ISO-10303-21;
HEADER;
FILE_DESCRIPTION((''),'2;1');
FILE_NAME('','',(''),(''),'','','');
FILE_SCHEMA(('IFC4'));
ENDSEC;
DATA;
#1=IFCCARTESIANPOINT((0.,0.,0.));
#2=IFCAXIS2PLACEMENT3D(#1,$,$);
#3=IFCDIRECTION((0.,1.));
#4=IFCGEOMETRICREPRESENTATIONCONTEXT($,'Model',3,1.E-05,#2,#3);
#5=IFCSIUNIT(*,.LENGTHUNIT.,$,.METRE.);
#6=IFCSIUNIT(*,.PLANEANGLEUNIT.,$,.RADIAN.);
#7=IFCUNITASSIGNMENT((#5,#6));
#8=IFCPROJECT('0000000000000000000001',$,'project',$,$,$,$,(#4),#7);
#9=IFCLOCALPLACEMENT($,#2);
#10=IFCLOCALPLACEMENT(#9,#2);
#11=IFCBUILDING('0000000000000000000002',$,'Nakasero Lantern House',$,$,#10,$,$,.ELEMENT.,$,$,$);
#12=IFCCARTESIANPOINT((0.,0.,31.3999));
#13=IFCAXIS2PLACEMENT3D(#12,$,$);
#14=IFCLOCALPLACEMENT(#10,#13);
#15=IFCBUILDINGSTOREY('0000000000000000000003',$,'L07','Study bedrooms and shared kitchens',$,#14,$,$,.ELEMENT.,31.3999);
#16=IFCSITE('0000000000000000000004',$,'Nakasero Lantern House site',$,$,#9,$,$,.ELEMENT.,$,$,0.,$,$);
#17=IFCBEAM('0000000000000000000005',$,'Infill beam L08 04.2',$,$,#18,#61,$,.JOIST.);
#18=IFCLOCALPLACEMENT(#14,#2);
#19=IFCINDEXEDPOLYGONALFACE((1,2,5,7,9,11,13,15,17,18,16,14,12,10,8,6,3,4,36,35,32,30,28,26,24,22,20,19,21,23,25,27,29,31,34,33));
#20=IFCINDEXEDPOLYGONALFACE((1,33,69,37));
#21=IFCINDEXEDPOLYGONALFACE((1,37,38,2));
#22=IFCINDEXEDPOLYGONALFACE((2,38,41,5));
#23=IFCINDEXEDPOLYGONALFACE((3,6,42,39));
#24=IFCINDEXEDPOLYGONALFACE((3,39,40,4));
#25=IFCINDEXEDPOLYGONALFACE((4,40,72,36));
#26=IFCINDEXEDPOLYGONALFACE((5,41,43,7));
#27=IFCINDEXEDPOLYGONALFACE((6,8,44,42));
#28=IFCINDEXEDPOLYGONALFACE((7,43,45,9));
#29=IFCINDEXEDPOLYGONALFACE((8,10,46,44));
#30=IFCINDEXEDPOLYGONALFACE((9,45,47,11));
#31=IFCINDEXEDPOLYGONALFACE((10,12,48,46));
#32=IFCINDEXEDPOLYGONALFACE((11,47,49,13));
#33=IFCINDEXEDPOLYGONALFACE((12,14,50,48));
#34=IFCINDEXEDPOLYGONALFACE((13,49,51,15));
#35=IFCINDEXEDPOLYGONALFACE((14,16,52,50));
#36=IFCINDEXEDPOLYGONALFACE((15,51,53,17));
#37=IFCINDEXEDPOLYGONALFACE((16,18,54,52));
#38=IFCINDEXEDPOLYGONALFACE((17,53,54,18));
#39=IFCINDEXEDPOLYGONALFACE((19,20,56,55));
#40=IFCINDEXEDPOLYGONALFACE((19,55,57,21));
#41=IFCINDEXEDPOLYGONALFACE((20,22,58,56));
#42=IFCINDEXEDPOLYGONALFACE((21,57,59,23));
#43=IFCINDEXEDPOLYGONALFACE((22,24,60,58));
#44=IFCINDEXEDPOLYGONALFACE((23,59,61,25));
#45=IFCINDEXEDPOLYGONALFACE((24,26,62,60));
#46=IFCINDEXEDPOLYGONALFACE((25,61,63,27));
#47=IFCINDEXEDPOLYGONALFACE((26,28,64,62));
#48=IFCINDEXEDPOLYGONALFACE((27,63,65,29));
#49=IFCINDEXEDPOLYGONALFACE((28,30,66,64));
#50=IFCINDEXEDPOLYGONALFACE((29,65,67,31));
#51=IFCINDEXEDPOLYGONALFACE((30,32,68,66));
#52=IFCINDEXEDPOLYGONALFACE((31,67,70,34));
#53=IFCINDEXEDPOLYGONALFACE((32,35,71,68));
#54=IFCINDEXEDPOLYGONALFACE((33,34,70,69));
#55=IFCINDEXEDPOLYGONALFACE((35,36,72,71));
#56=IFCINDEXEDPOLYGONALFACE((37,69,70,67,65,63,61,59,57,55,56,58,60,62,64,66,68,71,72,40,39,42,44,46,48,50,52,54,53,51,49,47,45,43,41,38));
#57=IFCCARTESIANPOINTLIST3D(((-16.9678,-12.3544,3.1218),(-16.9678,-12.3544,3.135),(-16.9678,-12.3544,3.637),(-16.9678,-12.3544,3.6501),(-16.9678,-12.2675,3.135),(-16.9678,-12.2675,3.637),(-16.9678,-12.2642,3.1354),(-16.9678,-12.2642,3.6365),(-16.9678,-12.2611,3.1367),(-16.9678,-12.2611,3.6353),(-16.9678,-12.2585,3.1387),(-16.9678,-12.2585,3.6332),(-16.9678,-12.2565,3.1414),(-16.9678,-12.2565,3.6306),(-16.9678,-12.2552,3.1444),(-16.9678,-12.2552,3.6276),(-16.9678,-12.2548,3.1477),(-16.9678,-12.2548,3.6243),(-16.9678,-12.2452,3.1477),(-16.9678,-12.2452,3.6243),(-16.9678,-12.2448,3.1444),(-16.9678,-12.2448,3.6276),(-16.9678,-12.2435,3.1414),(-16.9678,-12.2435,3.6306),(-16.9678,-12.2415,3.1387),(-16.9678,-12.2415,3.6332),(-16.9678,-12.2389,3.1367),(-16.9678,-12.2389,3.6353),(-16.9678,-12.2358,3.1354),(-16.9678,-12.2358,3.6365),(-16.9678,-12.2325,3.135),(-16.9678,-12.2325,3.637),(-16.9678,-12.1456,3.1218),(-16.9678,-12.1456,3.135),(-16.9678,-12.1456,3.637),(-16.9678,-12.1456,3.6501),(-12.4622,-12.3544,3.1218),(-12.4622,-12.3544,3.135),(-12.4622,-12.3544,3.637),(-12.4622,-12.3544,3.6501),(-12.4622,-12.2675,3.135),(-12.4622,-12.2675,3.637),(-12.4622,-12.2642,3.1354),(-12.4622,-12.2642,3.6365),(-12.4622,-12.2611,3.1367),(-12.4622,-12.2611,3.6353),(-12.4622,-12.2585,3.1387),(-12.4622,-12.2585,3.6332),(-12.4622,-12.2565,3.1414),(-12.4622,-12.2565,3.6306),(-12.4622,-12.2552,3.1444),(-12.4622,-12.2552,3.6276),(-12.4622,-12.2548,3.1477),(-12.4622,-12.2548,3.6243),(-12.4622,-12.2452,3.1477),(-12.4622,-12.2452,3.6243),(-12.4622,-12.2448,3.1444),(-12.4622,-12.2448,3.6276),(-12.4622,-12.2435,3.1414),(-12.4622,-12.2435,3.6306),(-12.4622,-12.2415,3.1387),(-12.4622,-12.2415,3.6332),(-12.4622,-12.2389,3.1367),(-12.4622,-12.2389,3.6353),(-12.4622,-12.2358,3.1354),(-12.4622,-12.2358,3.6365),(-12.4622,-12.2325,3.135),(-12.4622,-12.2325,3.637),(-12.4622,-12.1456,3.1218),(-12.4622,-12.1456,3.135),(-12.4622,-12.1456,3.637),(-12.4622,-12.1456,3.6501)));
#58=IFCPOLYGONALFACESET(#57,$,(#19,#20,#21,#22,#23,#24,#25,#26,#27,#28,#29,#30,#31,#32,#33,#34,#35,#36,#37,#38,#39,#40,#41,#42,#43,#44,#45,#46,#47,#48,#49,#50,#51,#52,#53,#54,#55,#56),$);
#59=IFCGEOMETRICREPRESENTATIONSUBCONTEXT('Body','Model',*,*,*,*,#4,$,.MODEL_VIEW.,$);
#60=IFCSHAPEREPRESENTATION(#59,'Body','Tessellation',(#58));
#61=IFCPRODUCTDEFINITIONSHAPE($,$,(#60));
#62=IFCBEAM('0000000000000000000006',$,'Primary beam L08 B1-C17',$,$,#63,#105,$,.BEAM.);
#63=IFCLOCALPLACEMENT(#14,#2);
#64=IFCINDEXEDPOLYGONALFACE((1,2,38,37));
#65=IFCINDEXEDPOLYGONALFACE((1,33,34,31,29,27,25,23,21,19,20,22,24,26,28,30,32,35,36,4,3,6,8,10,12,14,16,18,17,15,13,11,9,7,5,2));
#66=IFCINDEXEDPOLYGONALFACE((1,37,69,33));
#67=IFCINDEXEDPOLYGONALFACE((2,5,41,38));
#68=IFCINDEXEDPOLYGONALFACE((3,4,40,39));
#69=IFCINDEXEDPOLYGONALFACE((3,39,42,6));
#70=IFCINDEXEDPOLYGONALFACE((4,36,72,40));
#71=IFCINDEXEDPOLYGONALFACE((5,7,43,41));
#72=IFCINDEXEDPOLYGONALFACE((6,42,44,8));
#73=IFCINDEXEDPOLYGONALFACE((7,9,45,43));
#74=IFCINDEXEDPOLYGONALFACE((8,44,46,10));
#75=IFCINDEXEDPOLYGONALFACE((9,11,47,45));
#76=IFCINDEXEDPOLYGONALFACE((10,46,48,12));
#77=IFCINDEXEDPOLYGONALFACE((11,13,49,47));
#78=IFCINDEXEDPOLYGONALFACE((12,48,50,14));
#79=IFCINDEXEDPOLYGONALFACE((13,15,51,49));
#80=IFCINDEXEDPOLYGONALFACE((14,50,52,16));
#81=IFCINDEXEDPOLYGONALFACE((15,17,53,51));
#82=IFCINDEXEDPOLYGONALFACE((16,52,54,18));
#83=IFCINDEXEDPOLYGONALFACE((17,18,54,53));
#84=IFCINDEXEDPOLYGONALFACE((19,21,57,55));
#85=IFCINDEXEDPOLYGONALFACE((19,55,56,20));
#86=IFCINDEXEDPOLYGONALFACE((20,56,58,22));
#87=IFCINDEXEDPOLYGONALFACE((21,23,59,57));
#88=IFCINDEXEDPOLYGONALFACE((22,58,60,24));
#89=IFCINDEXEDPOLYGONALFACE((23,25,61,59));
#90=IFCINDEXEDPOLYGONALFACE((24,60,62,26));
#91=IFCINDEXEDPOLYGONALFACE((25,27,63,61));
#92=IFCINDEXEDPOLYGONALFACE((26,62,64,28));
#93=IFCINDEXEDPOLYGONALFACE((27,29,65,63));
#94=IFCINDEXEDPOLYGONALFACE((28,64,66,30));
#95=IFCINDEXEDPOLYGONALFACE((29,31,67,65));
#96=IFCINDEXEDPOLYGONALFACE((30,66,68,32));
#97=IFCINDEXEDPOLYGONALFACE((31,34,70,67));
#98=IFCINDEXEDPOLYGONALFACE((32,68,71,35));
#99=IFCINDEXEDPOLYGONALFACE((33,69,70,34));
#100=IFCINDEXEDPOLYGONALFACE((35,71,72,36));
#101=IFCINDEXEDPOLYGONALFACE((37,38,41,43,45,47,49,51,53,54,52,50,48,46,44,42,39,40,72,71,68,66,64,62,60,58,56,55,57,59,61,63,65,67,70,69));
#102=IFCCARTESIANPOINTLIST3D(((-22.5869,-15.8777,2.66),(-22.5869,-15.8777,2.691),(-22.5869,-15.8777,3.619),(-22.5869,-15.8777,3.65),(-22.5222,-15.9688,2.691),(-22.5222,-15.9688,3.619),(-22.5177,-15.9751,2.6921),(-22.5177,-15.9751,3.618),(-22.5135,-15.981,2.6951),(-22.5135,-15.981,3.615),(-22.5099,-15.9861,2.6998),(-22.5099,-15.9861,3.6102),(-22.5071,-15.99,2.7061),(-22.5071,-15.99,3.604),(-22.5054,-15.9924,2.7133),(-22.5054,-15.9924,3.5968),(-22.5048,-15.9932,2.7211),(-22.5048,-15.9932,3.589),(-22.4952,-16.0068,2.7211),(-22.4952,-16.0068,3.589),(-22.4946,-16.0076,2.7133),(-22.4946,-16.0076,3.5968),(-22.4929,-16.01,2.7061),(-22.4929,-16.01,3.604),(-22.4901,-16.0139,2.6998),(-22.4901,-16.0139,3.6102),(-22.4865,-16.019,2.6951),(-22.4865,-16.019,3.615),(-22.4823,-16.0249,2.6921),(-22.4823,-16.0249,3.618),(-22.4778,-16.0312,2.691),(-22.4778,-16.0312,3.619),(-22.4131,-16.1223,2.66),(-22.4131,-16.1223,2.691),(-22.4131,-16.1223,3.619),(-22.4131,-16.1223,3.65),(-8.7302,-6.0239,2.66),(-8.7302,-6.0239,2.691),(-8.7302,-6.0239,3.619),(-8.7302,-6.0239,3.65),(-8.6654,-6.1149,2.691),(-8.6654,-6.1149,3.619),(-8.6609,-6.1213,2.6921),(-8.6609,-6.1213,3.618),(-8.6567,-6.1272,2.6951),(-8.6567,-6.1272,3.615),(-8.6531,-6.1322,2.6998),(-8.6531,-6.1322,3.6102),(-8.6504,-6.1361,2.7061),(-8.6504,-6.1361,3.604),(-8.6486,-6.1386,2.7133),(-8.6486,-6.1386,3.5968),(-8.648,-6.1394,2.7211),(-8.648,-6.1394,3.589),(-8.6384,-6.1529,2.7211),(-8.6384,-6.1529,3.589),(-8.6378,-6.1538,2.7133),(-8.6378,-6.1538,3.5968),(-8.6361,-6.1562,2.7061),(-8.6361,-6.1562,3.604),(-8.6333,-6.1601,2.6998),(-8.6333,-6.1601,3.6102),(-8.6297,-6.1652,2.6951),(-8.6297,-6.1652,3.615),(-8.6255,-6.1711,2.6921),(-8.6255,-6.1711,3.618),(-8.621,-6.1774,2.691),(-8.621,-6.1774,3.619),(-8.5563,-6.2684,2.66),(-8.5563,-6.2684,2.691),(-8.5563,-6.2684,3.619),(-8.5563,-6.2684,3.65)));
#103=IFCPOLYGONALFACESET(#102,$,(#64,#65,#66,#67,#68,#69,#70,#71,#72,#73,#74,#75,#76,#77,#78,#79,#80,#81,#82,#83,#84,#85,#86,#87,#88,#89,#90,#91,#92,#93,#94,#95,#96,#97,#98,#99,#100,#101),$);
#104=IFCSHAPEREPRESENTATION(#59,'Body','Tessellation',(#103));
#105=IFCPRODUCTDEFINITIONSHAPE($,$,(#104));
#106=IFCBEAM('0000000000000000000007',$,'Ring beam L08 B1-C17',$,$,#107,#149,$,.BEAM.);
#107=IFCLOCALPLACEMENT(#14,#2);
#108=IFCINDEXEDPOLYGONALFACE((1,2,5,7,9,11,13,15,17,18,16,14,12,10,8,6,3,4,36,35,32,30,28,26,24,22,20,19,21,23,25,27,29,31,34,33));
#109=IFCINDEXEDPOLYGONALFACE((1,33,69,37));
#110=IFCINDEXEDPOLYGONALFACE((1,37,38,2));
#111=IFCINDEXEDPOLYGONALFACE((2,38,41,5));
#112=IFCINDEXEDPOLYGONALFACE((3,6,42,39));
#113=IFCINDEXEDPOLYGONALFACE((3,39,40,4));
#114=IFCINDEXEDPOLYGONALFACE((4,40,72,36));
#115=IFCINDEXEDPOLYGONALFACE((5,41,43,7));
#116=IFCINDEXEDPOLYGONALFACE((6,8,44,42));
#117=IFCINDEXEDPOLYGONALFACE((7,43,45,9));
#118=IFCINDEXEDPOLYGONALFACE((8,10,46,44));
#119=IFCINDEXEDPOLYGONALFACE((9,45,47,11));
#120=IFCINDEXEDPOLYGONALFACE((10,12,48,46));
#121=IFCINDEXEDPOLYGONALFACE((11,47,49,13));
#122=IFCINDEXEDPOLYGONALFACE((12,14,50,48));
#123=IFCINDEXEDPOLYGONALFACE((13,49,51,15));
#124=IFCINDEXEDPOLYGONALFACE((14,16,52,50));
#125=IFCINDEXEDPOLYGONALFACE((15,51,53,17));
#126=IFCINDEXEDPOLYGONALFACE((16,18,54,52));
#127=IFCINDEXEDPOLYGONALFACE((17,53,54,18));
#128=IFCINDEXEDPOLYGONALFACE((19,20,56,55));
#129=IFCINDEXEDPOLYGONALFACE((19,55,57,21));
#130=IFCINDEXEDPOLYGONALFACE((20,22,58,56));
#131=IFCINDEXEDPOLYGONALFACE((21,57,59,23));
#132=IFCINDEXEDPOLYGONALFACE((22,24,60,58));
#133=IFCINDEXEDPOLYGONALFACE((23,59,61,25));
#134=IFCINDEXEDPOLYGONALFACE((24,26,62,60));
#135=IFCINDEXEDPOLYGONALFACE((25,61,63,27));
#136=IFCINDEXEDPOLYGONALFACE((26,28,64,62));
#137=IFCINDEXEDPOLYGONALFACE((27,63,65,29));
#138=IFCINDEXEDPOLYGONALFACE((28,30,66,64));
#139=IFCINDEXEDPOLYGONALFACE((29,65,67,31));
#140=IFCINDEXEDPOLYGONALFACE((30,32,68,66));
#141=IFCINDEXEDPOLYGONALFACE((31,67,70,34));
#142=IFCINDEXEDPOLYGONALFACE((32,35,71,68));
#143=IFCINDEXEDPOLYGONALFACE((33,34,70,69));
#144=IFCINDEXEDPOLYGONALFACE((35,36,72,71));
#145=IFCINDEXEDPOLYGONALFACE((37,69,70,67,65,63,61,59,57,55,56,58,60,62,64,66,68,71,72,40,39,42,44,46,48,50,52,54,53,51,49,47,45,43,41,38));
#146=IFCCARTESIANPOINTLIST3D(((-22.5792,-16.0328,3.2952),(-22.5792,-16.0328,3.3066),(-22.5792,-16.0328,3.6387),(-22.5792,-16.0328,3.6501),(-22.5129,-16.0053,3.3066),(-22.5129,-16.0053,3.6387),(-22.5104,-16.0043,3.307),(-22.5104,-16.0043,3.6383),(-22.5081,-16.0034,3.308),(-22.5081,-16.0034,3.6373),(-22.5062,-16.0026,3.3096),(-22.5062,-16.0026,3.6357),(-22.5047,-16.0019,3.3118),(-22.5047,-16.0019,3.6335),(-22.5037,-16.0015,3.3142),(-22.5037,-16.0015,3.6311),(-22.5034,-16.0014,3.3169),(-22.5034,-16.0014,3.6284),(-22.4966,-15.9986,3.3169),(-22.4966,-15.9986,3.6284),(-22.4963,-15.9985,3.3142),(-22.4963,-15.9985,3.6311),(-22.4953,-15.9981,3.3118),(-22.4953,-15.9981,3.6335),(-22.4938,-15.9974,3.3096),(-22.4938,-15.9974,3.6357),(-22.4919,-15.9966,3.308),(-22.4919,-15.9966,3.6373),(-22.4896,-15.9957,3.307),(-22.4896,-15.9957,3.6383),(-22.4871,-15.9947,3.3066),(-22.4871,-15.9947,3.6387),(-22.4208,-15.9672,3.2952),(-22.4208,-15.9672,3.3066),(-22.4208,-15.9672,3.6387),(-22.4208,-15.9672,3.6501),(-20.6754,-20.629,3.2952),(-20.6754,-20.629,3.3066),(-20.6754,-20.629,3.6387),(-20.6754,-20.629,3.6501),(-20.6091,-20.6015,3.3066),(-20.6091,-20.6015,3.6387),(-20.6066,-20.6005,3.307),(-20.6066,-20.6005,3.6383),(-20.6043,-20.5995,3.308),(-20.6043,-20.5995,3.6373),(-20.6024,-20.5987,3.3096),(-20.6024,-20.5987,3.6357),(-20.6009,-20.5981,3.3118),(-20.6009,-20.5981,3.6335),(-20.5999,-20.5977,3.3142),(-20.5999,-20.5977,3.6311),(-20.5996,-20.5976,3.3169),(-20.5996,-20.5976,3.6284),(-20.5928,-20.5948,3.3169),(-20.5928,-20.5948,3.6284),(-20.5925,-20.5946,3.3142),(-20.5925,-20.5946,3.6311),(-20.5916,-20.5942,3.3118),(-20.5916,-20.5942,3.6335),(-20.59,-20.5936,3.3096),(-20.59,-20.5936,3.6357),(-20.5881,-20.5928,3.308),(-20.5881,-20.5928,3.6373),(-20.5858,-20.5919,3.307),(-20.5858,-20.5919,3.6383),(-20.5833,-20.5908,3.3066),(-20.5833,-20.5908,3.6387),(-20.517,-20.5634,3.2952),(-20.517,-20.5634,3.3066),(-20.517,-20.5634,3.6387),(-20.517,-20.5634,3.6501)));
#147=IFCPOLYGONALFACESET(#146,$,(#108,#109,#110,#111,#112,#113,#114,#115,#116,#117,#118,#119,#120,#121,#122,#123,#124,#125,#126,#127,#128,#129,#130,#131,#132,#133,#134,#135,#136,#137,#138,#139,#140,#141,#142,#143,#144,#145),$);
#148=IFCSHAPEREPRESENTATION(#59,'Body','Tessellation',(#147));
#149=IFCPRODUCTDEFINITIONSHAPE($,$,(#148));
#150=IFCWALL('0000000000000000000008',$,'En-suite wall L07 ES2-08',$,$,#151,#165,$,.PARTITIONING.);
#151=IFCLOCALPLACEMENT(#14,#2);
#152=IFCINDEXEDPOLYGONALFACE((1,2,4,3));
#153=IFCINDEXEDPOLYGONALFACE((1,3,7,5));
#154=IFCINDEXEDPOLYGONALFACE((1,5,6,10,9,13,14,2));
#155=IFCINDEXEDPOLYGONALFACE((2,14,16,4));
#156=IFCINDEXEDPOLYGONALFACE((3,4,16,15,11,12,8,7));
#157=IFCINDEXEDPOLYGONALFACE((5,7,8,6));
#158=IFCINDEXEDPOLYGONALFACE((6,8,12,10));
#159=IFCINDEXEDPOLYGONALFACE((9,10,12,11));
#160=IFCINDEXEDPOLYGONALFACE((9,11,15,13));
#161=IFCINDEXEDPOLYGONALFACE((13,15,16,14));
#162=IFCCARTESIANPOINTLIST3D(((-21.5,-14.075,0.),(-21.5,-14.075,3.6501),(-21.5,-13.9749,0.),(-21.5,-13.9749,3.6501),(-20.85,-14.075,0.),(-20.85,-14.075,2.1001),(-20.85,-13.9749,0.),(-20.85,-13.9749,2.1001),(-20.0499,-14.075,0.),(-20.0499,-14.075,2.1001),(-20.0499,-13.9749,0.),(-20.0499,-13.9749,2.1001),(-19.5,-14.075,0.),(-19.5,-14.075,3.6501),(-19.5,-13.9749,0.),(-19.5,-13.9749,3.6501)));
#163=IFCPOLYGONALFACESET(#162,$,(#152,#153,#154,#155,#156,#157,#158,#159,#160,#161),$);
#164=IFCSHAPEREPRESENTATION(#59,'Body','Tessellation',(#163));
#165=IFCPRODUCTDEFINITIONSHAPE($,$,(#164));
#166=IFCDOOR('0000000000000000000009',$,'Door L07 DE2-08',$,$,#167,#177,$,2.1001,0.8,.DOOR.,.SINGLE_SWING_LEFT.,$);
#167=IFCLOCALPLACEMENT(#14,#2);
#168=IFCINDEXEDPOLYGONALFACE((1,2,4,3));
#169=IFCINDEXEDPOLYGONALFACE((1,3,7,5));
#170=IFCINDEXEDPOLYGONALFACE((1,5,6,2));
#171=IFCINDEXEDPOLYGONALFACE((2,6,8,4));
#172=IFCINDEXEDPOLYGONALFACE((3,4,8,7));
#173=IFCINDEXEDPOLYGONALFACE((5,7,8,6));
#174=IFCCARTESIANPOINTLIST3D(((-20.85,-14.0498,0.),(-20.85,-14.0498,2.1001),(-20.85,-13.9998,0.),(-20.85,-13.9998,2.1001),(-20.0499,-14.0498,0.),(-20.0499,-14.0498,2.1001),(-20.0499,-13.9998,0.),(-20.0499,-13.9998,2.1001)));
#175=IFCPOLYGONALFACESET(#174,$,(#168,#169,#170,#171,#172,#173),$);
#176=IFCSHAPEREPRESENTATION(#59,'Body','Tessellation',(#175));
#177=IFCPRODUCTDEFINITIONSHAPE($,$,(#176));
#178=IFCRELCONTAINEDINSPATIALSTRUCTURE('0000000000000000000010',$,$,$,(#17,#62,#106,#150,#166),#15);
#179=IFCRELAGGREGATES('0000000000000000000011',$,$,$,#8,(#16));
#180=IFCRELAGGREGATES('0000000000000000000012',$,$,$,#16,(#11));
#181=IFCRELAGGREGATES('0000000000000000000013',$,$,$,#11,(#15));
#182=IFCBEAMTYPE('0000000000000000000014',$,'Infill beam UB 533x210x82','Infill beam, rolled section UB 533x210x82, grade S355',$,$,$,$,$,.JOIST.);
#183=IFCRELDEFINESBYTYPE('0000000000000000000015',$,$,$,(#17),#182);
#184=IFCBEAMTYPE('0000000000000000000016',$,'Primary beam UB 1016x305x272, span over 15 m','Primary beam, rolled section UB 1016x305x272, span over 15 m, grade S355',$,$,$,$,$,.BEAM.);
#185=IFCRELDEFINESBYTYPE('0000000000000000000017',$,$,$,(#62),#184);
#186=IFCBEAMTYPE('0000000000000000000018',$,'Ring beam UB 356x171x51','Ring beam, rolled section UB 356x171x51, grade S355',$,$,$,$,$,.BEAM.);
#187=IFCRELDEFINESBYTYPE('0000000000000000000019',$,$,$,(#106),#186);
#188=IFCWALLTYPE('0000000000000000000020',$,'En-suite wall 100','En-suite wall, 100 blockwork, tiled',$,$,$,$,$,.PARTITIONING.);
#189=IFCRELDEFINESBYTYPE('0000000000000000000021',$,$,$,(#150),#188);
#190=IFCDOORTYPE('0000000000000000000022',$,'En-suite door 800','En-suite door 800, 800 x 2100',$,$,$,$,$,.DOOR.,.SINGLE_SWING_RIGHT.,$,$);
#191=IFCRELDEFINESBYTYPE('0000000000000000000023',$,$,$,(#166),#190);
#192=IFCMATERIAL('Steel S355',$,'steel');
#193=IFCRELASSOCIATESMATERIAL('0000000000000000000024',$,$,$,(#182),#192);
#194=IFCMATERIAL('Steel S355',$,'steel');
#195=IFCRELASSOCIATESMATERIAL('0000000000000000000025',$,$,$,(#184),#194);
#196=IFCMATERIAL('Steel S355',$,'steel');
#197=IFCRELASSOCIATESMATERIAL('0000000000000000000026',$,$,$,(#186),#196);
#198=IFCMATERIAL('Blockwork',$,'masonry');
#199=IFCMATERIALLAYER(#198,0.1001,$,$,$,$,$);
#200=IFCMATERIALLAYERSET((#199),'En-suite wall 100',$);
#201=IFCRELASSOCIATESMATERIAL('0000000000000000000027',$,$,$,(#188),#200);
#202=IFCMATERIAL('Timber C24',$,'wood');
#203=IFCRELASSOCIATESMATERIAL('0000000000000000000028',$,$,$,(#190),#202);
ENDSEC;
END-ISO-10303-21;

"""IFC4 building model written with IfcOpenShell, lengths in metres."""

from ifc_helpers import new_model, si_unit, direction, frame, frame_2d, origin, origin_2d, place, context, subcontext, project, spatial, rectangle, i_section, extrude, material, layer, layer_set, material_profile, profile_set, type_object, element, fill, save


model = new_model("IFC4")

# Units and contexts
model_context = context("Model", 3, precision=1e-05, world=origin(), true_north=direction((0.0, 1.0)))
body_context = subcontext(model_context, "Body", "Model", "MODEL_VIEW")
ifc_project = project(units=[si_unit("LENGTHUNIT", "METRE"), si_unit("PLANEANGLEUNIT", "RADIAN")], contexts=[model_context])

# Site, building, storey
site_placement = place(None, origin())
site = spatial("IfcSite", under=ifc_project, at=site_placement, Name="Nakasero Lantern House site", CompositionType="ELEMENT", RefElevation=0.0)
building_placement = place(site_placement, origin())
building = spatial("IfcBuilding", under=site, at=building_placement, Name="Nakasero Lantern House", CompositionType="ELEMENT")
storey_placement = place(building_placement, frame((0.0, 0.0, 31.3999)))
storey = spatial("IfcBuildingStorey", under=building, at=storey_placement, Name="L07", Description="Study bedrooms and shared kitchens", CompositionType="ELEMENT", Elevation=31.3999)

# Beams
ifc_material_1 = material(Name="Steel S355", Category="steel")
ifc_material_profile_1 = material_profile(ifc_material_1, i_section(OverallWidth=0.2087, OverallDepth=0.5283, WebThickness=0.0095, FlangeThickness=0.0132, FilletRadius=0.0127, at=origin_2d()), Name="UB 533x210x82")
ifc_profile_set_1 = profile_set([ifc_material_profile_1], Name="Steel S355")
beam_type_1 = type_object("IfcBeamType", Name="Infill beam UB 533x210x82", Description="Infill beam, rolled section UB 533x210x82, grade S355", PredefinedType="JOIST", material=ifc_profile_set_1)
beam_1_placement = place(storey_placement, frame((-16.9678, -12.25, 3.386), z_axis=(1.0, 0.0, 0.0), x_axis=(0.0, 1.0, 0.0)))
element("IfcBeam", 1, at=beam_1_placement, inside=storey, type_object=beam_type_1, Name="Infill beam L08 04.2", PredefinedType="JOIST", context=body_context, shape_type="SweptSolid", body=[
    extrude(i_section(OverallWidth=0.2087, OverallDepth=0.5283, WebThickness=0.0095, FlangeThickness=0.0132, FilletRadius=0.0127, at=origin_2d()), origin(), (0.0, 0.0, 1.0), 4.5056),
])
ifc_material_2 = material(Name="Steel S355", Category="steel")
ifc_material_profile_2 = material_profile(ifc_material_2, i_section(OverallWidth=0.3, OverallDepth=0.99, WebThickness=0.0166, FlangeThickness=0.031, FilletRadius=0.03, at=origin_2d()), Name="UB 1016x305x272")
ifc_profile_set_2 = profile_set([ifc_material_profile_2], Name="Steel S355")
beam_type_2 = type_object("IfcBeamType", Name="Primary beam UB 1016x305x272, span over 15 m", Description="Primary beam, rolled section UB 1016x305x272, span over 15 m, grade S355", PredefinedType="BEAM", material=ifc_profile_set_2)
beam_2_placement = place(storey_placement, frame((-22.5, -16.0, 3.155), z_axis=(0.814952, 0.579528, 0.0), x_axis=(-0.579528, 0.814952, 0.0)))
element("IfcBeam", 2, at=beam_2_placement, inside=storey, type_object=beam_type_2, Name="Primary beam L08 B1-C17", PredefinedType="BEAM", context=body_context, shape_type="SweptSolid", body=[
    extrude(i_section(OverallWidth=0.3, OverallDepth=0.99, WebThickness=0.0166, FlangeThickness=0.031, FilletRadius=0.03, at=origin_2d()), origin(), (0.0, 0.0, 1.0), 17.0032),
])
ifc_material_3 = material(Name="Steel S355", Category="steel")
ifc_material_profile_3 = material_profile(ifc_material_3, i_section(OverallWidth=0.1714, OverallDepth=0.355, WebThickness=0.0073, FlangeThickness=0.0115, FilletRadius=0.0103, at=origin_2d()), Name="UB 356x171x51")
ifc_profile_set_3 = profile_set([ifc_material_profile_3], Name="Steel S355")
beam_type_3 = type_object("IfcBeamType", Name="Ring beam UB 356x171x51", Description="Ring beam, rolled section UB 356x171x51, grade S355", PredefinedType="BEAM", material=ifc_profile_set_3)
beam_3_placement = place(storey_placement, frame((-22.5, -16.0, 3.4727), z_axis=(0.382684, -0.923879, 0.0), x_axis=(0.923879, 0.382684, 0.0)))
element("IfcBeam", 3, at=beam_3_placement, inside=storey, type_object=beam_type_3, Name="Ring beam L08 B1-C17", PredefinedType="BEAM", context=body_context, shape_type="SweptSolid", body=[
    extrude(i_section(OverallWidth=0.1714, OverallDepth=0.355, WebThickness=0.0073, FlangeThickness=0.0115, FilletRadius=0.0103, at=origin_2d()), origin(), (0.0, 0.0, 1.0), 4.9749),
])

# Wall, opening, door
ifc_material_4 = material(Name="Blockwork", Category="masonry")
ifc_layer_1 = layer(ifc_material_4, 0.1001)
ifc_layer_set_1 = layer_set([ifc_layer_1], Name="En-suite wall 100")
wall_type_1 = type_object("IfcWallType", Name="En-suite wall 100", Description="En-suite wall, 100 blockwork, tiled", PredefinedType="PARTITIONING", material=ifc_layer_set_1)
wall_1_placement = place(storey_placement, frame((-19.5, -14.0249, 0.0), z_axis=(0.0, 0.0, 1.0), x_axis=(-1.0, 0.0, 0.0)))
wall_1 = element("IfcWall", 4, at=wall_1_placement, inside=storey, type_object=wall_type_1, Name="En-suite wall L07 ES2-08", PredefinedType="PARTITIONING", context=body_context, shape_type="SweptSolid", body=[
    extrude(rectangle(XDim=2.0, YDim=0.1001, at=frame_2d((1.0, 0.0))), origin(), (0.0, 0.0, 1.0), 3.6501),
])
opening_1_placement = place(wall_1_placement, frame((0.55, 0.0, 0.0)))
opening_1 = element("IfcOpeningElement", 5, at=opening_1_placement, cuts=wall_1, PredefinedType="OPENING", context=body_context, shape_type="SweptSolid", body=[
    extrude(rectangle(XDim=0.8, YDim=2.1001, at=frame_2d((0.3999, 1.05))), frame((0.0, 0.0701, 0.0), z_axis=(0.0, -1.0, 0.0), x_axis=(1.0, 0.0, 0.0)), (0.0, 0.0, 1.0), 0.1401),
])
ifc_material_5 = material(Name="Timber C24", Category="wood")
door_type_1 = type_object("IfcDoorType", Name="En-suite door 800", Description="En-suite door 800, 800 x 2100", OperationType="SINGLE_SWING_RIGHT", PredefinedType="DOOR", material=ifc_material_5)
door_1_placement = place(opening_1_placement, origin())
door_1 = element("IfcDoor", 6, at=door_1_placement, inside=storey, type_object=door_type_1, Name="Door L07 DE2-08", OperationType="SINGLE_SWING_LEFT", OverallHeight=2.1001, OverallWidth=0.8, PredefinedType="DOOR", context=body_context, shape_type="SweptSolid", body=[
    extrude(rectangle(XDim=0.8, YDim=2.1001, at=frame_2d((0.3999, 1.05))), frame((0.0, 0.0249, 0.0), z_axis=(0.0, -1.0, 0.0), x_axis=(1.0, 0.0, 0.0)), (0.0, 0.0, 1.0), 0.05),
])
fill(opening_1, door_1)

save(model, "model.ifc")
